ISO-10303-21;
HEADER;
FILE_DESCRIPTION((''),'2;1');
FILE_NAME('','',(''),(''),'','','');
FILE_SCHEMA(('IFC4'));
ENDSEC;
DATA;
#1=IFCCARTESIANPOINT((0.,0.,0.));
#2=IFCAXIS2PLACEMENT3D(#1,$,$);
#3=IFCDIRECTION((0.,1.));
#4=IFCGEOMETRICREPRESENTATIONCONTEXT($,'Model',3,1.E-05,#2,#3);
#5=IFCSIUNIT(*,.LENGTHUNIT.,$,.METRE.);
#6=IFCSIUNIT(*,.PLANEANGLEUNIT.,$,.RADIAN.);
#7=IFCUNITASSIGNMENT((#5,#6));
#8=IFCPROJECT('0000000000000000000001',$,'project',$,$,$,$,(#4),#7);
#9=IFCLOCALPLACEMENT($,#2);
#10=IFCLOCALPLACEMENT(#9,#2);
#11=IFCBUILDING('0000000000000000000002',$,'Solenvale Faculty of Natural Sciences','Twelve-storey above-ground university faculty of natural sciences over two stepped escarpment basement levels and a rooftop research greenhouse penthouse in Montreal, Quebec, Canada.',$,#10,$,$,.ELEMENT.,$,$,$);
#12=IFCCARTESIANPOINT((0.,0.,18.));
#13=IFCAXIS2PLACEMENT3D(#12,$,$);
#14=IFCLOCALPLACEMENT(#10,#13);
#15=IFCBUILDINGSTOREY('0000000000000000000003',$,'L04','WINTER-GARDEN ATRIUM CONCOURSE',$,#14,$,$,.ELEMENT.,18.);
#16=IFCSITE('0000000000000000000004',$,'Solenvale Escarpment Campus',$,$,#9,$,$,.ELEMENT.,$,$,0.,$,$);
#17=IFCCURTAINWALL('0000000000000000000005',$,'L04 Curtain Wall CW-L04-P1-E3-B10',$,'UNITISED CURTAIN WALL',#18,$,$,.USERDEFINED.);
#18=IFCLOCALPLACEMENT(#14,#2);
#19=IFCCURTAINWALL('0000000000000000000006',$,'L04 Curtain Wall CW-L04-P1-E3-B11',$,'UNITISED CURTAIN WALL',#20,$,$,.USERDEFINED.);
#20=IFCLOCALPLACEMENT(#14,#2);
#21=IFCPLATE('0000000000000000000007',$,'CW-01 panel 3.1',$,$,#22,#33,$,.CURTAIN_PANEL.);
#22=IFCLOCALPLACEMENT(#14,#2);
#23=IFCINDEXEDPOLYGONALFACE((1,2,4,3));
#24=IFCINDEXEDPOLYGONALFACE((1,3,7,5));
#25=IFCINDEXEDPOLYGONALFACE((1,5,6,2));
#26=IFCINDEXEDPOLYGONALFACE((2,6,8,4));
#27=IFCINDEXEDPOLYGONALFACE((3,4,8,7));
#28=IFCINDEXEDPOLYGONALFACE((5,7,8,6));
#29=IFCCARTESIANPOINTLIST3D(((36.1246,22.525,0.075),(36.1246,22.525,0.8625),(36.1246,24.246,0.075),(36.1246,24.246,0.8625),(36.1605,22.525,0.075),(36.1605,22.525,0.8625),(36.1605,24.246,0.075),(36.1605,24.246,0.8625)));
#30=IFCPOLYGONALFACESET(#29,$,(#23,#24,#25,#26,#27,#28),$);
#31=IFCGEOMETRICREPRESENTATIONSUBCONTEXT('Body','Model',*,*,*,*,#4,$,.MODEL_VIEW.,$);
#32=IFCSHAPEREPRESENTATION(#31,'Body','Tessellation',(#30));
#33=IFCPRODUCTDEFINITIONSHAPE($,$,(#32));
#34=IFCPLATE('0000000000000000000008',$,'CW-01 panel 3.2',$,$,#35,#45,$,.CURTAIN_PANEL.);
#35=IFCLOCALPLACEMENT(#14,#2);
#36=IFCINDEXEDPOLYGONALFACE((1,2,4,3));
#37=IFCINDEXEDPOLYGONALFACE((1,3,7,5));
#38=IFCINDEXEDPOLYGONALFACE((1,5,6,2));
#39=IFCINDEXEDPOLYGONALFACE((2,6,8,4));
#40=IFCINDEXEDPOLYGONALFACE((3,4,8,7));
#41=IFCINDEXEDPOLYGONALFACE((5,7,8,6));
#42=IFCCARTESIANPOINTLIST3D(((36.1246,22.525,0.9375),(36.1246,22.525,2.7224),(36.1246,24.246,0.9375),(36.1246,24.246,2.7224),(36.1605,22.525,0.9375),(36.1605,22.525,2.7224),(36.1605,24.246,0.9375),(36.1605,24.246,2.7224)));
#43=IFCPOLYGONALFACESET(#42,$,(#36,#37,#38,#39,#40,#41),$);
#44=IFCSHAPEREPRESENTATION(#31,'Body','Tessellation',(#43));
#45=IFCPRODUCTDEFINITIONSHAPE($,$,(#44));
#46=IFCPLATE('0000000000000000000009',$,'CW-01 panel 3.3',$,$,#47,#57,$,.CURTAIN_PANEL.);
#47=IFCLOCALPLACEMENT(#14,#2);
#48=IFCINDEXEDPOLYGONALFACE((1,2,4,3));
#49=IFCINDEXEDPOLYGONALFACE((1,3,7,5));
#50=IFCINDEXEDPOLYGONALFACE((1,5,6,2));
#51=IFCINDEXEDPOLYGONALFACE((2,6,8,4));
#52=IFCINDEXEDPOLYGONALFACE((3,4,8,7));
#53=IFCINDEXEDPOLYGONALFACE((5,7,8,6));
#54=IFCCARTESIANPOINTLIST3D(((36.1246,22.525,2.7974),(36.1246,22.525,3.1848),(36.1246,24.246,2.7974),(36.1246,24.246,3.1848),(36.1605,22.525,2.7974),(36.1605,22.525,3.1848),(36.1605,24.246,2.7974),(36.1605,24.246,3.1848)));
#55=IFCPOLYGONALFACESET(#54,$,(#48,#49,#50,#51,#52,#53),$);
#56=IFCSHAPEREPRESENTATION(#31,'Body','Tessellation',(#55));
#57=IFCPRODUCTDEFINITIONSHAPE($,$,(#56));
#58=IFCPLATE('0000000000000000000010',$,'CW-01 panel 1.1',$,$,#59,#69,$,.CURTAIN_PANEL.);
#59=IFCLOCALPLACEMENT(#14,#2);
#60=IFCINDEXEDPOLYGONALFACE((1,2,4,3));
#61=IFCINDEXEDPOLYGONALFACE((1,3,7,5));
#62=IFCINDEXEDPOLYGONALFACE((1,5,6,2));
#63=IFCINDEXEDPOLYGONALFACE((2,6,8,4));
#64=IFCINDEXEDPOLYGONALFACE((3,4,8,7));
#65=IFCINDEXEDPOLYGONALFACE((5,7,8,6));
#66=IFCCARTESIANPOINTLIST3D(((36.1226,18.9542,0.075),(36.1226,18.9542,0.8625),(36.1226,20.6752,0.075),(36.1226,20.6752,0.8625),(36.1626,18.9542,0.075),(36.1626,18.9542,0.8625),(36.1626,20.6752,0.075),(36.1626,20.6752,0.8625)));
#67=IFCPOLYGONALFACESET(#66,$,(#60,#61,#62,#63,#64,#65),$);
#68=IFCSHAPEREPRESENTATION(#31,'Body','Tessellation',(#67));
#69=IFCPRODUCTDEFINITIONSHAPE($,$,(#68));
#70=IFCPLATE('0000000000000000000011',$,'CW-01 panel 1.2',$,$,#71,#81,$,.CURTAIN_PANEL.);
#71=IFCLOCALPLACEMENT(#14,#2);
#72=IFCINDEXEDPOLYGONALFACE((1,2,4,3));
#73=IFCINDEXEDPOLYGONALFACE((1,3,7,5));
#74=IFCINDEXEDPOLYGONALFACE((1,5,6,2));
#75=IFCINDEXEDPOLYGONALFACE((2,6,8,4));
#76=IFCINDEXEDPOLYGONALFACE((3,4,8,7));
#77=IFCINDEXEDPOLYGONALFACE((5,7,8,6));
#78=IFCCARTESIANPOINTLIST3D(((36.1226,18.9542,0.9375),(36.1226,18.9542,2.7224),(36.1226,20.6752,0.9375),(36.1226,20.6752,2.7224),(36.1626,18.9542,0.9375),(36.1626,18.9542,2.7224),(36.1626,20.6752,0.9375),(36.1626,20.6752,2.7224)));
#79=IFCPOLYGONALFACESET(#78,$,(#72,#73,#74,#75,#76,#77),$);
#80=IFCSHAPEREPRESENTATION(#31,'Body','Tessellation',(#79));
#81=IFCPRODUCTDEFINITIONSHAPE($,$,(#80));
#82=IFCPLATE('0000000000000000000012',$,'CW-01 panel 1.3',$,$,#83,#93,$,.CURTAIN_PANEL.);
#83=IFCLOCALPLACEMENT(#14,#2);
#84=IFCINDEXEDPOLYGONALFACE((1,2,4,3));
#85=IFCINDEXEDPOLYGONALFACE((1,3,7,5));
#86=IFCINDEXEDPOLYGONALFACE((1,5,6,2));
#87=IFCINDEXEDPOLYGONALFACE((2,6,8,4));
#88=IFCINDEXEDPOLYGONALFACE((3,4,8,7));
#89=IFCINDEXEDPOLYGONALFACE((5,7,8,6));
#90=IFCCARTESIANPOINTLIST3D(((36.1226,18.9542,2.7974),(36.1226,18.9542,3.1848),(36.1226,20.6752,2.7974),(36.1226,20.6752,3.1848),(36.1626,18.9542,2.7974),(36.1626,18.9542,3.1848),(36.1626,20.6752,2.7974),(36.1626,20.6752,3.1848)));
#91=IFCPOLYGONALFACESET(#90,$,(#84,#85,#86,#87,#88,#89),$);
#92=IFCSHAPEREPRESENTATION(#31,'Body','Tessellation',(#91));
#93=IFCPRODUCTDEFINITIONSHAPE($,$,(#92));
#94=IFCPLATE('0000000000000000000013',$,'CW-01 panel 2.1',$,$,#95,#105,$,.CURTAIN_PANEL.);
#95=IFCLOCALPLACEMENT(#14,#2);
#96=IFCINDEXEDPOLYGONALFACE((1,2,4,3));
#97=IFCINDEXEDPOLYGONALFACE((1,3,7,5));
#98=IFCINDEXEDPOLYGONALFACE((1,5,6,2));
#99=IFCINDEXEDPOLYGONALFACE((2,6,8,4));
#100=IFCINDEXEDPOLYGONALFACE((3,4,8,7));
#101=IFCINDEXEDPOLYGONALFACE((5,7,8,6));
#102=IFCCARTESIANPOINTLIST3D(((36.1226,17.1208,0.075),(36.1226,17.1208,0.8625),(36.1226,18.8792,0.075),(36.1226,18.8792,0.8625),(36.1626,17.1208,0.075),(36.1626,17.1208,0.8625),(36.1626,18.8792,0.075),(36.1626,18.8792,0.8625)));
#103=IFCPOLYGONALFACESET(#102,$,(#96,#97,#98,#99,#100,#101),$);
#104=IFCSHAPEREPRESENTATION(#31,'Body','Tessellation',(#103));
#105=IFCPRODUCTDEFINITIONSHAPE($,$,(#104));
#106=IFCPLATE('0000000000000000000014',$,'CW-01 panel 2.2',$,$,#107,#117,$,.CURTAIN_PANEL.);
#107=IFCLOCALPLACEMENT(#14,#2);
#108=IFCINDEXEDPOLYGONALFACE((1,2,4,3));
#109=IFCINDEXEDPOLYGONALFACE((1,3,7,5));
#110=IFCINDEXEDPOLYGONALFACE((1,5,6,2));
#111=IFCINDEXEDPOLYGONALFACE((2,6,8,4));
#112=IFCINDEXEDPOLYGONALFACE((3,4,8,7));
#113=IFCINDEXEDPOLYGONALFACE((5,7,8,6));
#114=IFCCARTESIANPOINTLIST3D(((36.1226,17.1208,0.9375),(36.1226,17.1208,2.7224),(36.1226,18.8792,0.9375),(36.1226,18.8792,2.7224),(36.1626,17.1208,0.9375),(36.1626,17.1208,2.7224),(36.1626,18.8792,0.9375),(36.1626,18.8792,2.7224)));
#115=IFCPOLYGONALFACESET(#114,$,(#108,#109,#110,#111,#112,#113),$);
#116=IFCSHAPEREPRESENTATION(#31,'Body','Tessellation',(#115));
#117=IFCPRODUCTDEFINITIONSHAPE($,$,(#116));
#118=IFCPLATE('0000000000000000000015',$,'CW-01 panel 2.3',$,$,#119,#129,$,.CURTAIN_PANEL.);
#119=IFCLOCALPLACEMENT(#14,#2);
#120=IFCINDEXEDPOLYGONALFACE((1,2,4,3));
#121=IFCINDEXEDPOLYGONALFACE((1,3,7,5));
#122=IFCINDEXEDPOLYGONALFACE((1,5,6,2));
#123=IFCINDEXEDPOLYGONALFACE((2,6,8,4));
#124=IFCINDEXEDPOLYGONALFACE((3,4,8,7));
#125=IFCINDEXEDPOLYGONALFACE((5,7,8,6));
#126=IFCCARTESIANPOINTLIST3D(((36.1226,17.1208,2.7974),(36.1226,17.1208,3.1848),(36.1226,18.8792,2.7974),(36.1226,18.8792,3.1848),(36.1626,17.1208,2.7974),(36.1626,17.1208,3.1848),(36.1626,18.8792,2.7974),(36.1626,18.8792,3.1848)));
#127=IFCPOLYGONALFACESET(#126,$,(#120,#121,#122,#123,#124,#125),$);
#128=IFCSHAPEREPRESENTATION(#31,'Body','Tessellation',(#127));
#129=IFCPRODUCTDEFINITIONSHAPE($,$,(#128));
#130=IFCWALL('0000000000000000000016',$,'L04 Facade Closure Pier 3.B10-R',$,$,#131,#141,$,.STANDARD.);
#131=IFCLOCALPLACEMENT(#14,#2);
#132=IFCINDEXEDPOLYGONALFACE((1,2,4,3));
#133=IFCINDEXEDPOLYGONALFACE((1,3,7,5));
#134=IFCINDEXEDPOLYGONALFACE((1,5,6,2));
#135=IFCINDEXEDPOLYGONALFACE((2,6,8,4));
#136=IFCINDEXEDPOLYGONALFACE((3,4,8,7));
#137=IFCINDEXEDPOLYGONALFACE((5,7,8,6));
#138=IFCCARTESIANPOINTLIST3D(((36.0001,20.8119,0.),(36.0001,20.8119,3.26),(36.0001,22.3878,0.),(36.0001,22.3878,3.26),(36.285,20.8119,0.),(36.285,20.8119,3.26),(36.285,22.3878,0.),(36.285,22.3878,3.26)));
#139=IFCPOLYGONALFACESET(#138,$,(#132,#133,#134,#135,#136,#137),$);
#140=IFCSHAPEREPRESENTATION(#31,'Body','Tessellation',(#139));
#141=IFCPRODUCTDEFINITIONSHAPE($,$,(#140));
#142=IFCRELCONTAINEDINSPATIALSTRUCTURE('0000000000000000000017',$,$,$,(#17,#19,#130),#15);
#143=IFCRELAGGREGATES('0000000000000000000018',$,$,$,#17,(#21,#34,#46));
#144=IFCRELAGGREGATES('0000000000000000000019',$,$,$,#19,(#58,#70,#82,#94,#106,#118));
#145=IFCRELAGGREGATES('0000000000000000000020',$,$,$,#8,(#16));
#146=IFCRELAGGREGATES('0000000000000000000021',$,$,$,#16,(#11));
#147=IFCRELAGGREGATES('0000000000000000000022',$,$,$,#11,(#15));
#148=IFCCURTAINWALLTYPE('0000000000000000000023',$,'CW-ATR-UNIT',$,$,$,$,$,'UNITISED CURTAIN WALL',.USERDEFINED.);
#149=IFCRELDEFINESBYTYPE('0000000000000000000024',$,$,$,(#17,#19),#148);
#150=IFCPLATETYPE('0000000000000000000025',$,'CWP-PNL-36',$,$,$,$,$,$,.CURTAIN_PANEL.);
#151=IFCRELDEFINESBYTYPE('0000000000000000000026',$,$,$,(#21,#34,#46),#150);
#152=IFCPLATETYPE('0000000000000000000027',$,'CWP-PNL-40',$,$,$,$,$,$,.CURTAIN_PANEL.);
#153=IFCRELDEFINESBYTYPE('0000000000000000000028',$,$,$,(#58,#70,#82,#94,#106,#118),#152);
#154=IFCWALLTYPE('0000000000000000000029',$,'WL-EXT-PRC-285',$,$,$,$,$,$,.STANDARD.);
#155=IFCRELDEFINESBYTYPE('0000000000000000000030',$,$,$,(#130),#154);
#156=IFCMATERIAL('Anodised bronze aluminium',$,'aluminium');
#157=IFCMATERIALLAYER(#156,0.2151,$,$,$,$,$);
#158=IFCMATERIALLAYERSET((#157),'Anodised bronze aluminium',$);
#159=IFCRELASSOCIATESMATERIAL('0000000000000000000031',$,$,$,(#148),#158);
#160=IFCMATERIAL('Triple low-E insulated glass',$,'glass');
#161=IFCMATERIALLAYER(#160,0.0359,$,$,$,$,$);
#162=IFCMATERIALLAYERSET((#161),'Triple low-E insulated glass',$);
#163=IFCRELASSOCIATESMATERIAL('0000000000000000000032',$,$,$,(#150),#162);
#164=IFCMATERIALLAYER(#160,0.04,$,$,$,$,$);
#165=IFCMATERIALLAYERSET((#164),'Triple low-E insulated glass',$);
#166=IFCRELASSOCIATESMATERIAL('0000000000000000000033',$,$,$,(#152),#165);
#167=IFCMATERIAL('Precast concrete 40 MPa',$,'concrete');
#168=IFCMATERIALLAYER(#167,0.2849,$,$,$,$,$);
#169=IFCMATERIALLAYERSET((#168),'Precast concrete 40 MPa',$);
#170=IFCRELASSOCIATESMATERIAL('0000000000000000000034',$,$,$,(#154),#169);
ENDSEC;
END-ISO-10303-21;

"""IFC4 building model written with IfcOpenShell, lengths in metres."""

from ifc_helpers import new_model, si_unit, direction, frame, frame_2d, origin, origin_2d, place, context, subcontext, project, spatial, rectangle, extrude, material, layer, layer_set, type_object, element, aggregate, save


model = new_model("IFC4")

# Units and contexts
model_context = context("Model", 3, precision=1e-05, world=origin(), true_north=direction((0.0, 1.0)))
body_context = subcontext(model_context, "Body", "Model", "MODEL_VIEW")
ifc_project = project(units=[si_unit("LENGTHUNIT", "METRE"), si_unit("PLANEANGLEUNIT", "RADIAN")], contexts=[model_context])

# Site, building, storey
site_placement = place(None, origin())
site = spatial("IfcSite", under=ifc_project, at=site_placement, Name="Solenvale Escarpment Campus", CompositionType="ELEMENT", RefElevation=0.0)
building_placement = place(site_placement, origin())
building = spatial("IfcBuilding", under=site, at=building_placement, Name="Solenvale Faculty of Natural Sciences", Description="Twelve-storey above-ground university faculty of natural sciences over two stepped escarpment basement levels and a rooftop research greenhouse penthouse in Montreal, Quebec, Canada.", CompositionType="ELEMENT")
storey_placement = place(building_placement, frame((0.0, 0.0, 18.0)))
storey = spatial("IfcBuildingStorey", under=building, at=storey_placement, Name="L04", Description="WINTER-GARDEN ATRIUM CONCOURSE", CompositionType="ELEMENT", Elevation=18.0)

# Curtain wall
ifc_material_1 = material(Name="Anodised bronze aluminium", Category="aluminium")
ifc_layer_1 = layer(ifc_material_1, 0.2151)
ifc_layer_set_1 = layer_set([ifc_layer_1], Name="Anodised bronze aluminium")
curtain_wall_type = type_object("IfcCurtainWallType", Name="CW-ATR-UNIT", ElementType="UNITISED CURTAIN WALL", PredefinedType="USERDEFINED", material=ifc_layer_set_1)
curtain_wall_1_placement = place(storey_placement, origin())
curtain_wall_1 = element("IfcCurtainWall", 1, at=curtain_wall_1_placement, inside=storey, type_object=curtain_wall_type, Name="L04 Curtain Wall CW-L04-P1-E3-B10", ObjectType="UNITISED CURTAIN WALL", PredefinedType="USERDEFINED")

# Curtain wall
curtain_wall_2_placement = place(storey_placement, origin())
curtain_wall_2 = element("IfcCurtainWall", 2, at=curtain_wall_2_placement, inside=storey, type_object=curtain_wall_type, Name="L04 Curtain Wall CW-L04-P1-E3-B11", ObjectType="UNITISED CURTAIN WALL", PredefinedType="USERDEFINED")

# Plates
ifc_material_2 = material(Name="Triple low-E insulated glass", Category="glass")
ifc_layer_2 = layer(ifc_material_2, 0.0359)
ifc_layer_set_2 = layer_set([ifc_layer_2], Name="Triple low-E insulated glass")
plate_type_1 = type_object("IfcPlateType", Name="CWP-PNL-36", PredefinedType="CURTAIN_PANEL", material=ifc_layer_set_2)
plate_1_placement = place(storey_placement, frame((36.1426, 23.3855, 0.075), z_axis=(0.0, 0.0, 1.0), x_axis=(0.0, -1.0, 0.0)))
plate_1 = element("IfcPlate", 3, at=plate_1_placement, type_object=plate_type_1, Name="CW-01 panel 3.1", PredefinedType="CURTAIN_PANEL", context=body_context, shape_type="SweptSolid", body=[
    extrude(rectangle(XDim=1.7209, YDim=0.0359, at=origin_2d()), origin(), (0.0, 0.0, 1.0), 0.7876),
])
plate_2_placement = place(storey_placement, frame((36.1426, 23.3855, 0.9375), z_axis=(0.0, 0.0, 1.0), x_axis=(0.0, -1.0, 0.0)))
plate_2 = element("IfcPlate", 4, at=plate_2_placement, type_object=plate_type_1, Name="CW-01 panel 3.2", PredefinedType="CURTAIN_PANEL", context=body_context, shape_type="SweptSolid", body=[
    extrude(rectangle(XDim=1.7209, YDim=0.0359, at=origin_2d()), origin(), (0.0, 0.0, 1.0), 1.7849),
])
plate_3_placement = place(storey_placement, frame((36.1426, 23.3855, 2.7974), z_axis=(0.0, 0.0, 1.0), x_axis=(0.0, -1.0, 0.0)))
plate_3 = element("IfcPlate", 5, at=plate_3_placement, type_object=plate_type_1, Name="CW-01 panel 3.3", PredefinedType="CURTAIN_PANEL", context=body_context, shape_type="SweptSolid", body=[
    extrude(rectangle(XDim=1.7209, YDim=0.0359, at=origin_2d()), origin(), (0.0, 0.0, 1.0), 0.3875),
])
aggregate(curtain_wall_1, [plate_1, plate_2, plate_3])
ifc_layer_3 = layer(ifc_material_2, 0.04)
ifc_layer_set_3 = layer_set([ifc_layer_3], Name="Triple low-E insulated glass")
plate_type_2 = type_object("IfcPlateType", Name="CWP-PNL-40", PredefinedType="CURTAIN_PANEL", material=ifc_layer_set_3)
plate_4_placement = place(storey_placement, frame((36.1426, 19.8147, 0.075), z_axis=(0.0, 0.0, 1.0), x_axis=(0.0, -1.0, 0.0)))
plate_4 = element("IfcPlate", 6, at=plate_4_placement, type_object=plate_type_2, Name="CW-01 panel 1.1", PredefinedType="CURTAIN_PANEL", context=body_context, shape_type="SweptSolid", body=[
    extrude(rectangle(XDim=1.7209, YDim=0.04, at=origin_2d()), origin(), (0.0, 0.0, 1.0), 0.7876),
])
plate_5_placement = place(storey_placement, frame((36.1426, 19.8147, 0.9375), z_axis=(0.0, 0.0, 1.0), x_axis=(0.0, -1.0, 0.0)))
plate_5 = element("IfcPlate", 7, at=plate_5_placement, type_object=plate_type_2, Name="CW-01 panel 1.2", PredefinedType="CURTAIN_PANEL", context=body_context, shape_type="SweptSolid", body=[
    extrude(rectangle(XDim=1.7209, YDim=0.04, at=origin_2d()), origin(), (0.0, 0.0, 1.0), 1.7849),
])
plate_6_placement = place(storey_placement, frame((36.1426, 19.8147, 2.7974), z_axis=(0.0, 0.0, 1.0), x_axis=(0.0, -1.0, 0.0)))
plate_6 = element("IfcPlate", 8, at=plate_6_placement, type_object=plate_type_2, Name="CW-01 panel 1.3", PredefinedType="CURTAIN_PANEL", context=body_context, shape_type="SweptSolid", body=[
    extrude(rectangle(XDim=1.7209, YDim=0.04, at=origin_2d()), origin(), (0.0, 0.0, 1.0), 0.3875),
])
plate_7_placement = place(storey_placement, frame((36.1426, 18.0, 0.075), z_axis=(0.0, 0.0, 1.0), x_axis=(0.0, -1.0, 0.0)))
plate_7 = element("IfcPlate", 9, at=plate_7_placement, type_object=plate_type_2, Name="CW-01 panel 2.1", PredefinedType="CURTAIN_PANEL", context=body_context, shape_type="SweptSolid", body=[
    extrude(rectangle(XDim=1.7583, YDim=0.04, at=origin_2d()), origin(), (0.0, 0.0, 1.0), 0.7876),
])
plate_8_placement = place(storey_placement, frame((36.1426, 18.0, 0.9375), z_axis=(0.0, 0.0, 1.0), x_axis=(0.0, -1.0, 0.0)))
plate_8 = element("IfcPlate", 10, at=plate_8_placement, type_object=plate_type_2, Name="CW-01 panel 2.2", PredefinedType="CURTAIN_PANEL", context=body_context, shape_type="SweptSolid", body=[
    extrude(rectangle(XDim=1.7583, YDim=0.04, at=origin_2d()), origin(), (0.0, 0.0, 1.0), 1.7849),
])
plate_9_placement = place(storey_placement, frame((36.1426, 18.0, 2.7974), z_axis=(0.0, 0.0, 1.0), x_axis=(0.0, -1.0, 0.0)))
plate_9 = element("IfcPlate", 11, at=plate_9_placement, type_object=plate_type_2, Name="CW-01 panel 2.3", PredefinedType="CURTAIN_PANEL", context=body_context, shape_type="SweptSolid", body=[
    extrude(rectangle(XDim=1.7583, YDim=0.04, at=origin_2d()), origin(), (0.0, 0.0, 1.0), 0.3875),
])
aggregate(curtain_wall_2, [plate_4, plate_5, plate_6, plate_7, plate_8, plate_9])

# Wall
ifc_material_3 = material(Name="Precast concrete 40 MPa", Category="concrete")
ifc_layer_4 = layer(ifc_material_3, 0.2849)
ifc_layer_set_4 = layer_set([ifc_layer_4], Name="Precast concrete 40 MPa")
wall_type = type_object("IfcWallType", Name="WL-EXT-PRC-285", PredefinedType="STANDARD", material=ifc_layer_set_4)
wall_placement = place(storey_placement, frame((36.1426, 22.3879, 0.0), z_axis=(0.0, 0.0, 1.0), x_axis=(0.0, -1.0, 0.0)))
element("IfcWall", 12, at=wall_placement, inside=storey, type_object=wall_type, Name="L04 Facade Closure Pier 3.B10-R", PredefinedType="STANDARD", context=body_context, shape_type="SweptSolid", body=[
    extrude(rectangle(XDim=1.5759, YDim=0.2849, at=frame_2d((0.7881, 0.0))), origin(), (0.0, 0.0, 1.0), 3.26),
])

save(model, "model.ifc")
